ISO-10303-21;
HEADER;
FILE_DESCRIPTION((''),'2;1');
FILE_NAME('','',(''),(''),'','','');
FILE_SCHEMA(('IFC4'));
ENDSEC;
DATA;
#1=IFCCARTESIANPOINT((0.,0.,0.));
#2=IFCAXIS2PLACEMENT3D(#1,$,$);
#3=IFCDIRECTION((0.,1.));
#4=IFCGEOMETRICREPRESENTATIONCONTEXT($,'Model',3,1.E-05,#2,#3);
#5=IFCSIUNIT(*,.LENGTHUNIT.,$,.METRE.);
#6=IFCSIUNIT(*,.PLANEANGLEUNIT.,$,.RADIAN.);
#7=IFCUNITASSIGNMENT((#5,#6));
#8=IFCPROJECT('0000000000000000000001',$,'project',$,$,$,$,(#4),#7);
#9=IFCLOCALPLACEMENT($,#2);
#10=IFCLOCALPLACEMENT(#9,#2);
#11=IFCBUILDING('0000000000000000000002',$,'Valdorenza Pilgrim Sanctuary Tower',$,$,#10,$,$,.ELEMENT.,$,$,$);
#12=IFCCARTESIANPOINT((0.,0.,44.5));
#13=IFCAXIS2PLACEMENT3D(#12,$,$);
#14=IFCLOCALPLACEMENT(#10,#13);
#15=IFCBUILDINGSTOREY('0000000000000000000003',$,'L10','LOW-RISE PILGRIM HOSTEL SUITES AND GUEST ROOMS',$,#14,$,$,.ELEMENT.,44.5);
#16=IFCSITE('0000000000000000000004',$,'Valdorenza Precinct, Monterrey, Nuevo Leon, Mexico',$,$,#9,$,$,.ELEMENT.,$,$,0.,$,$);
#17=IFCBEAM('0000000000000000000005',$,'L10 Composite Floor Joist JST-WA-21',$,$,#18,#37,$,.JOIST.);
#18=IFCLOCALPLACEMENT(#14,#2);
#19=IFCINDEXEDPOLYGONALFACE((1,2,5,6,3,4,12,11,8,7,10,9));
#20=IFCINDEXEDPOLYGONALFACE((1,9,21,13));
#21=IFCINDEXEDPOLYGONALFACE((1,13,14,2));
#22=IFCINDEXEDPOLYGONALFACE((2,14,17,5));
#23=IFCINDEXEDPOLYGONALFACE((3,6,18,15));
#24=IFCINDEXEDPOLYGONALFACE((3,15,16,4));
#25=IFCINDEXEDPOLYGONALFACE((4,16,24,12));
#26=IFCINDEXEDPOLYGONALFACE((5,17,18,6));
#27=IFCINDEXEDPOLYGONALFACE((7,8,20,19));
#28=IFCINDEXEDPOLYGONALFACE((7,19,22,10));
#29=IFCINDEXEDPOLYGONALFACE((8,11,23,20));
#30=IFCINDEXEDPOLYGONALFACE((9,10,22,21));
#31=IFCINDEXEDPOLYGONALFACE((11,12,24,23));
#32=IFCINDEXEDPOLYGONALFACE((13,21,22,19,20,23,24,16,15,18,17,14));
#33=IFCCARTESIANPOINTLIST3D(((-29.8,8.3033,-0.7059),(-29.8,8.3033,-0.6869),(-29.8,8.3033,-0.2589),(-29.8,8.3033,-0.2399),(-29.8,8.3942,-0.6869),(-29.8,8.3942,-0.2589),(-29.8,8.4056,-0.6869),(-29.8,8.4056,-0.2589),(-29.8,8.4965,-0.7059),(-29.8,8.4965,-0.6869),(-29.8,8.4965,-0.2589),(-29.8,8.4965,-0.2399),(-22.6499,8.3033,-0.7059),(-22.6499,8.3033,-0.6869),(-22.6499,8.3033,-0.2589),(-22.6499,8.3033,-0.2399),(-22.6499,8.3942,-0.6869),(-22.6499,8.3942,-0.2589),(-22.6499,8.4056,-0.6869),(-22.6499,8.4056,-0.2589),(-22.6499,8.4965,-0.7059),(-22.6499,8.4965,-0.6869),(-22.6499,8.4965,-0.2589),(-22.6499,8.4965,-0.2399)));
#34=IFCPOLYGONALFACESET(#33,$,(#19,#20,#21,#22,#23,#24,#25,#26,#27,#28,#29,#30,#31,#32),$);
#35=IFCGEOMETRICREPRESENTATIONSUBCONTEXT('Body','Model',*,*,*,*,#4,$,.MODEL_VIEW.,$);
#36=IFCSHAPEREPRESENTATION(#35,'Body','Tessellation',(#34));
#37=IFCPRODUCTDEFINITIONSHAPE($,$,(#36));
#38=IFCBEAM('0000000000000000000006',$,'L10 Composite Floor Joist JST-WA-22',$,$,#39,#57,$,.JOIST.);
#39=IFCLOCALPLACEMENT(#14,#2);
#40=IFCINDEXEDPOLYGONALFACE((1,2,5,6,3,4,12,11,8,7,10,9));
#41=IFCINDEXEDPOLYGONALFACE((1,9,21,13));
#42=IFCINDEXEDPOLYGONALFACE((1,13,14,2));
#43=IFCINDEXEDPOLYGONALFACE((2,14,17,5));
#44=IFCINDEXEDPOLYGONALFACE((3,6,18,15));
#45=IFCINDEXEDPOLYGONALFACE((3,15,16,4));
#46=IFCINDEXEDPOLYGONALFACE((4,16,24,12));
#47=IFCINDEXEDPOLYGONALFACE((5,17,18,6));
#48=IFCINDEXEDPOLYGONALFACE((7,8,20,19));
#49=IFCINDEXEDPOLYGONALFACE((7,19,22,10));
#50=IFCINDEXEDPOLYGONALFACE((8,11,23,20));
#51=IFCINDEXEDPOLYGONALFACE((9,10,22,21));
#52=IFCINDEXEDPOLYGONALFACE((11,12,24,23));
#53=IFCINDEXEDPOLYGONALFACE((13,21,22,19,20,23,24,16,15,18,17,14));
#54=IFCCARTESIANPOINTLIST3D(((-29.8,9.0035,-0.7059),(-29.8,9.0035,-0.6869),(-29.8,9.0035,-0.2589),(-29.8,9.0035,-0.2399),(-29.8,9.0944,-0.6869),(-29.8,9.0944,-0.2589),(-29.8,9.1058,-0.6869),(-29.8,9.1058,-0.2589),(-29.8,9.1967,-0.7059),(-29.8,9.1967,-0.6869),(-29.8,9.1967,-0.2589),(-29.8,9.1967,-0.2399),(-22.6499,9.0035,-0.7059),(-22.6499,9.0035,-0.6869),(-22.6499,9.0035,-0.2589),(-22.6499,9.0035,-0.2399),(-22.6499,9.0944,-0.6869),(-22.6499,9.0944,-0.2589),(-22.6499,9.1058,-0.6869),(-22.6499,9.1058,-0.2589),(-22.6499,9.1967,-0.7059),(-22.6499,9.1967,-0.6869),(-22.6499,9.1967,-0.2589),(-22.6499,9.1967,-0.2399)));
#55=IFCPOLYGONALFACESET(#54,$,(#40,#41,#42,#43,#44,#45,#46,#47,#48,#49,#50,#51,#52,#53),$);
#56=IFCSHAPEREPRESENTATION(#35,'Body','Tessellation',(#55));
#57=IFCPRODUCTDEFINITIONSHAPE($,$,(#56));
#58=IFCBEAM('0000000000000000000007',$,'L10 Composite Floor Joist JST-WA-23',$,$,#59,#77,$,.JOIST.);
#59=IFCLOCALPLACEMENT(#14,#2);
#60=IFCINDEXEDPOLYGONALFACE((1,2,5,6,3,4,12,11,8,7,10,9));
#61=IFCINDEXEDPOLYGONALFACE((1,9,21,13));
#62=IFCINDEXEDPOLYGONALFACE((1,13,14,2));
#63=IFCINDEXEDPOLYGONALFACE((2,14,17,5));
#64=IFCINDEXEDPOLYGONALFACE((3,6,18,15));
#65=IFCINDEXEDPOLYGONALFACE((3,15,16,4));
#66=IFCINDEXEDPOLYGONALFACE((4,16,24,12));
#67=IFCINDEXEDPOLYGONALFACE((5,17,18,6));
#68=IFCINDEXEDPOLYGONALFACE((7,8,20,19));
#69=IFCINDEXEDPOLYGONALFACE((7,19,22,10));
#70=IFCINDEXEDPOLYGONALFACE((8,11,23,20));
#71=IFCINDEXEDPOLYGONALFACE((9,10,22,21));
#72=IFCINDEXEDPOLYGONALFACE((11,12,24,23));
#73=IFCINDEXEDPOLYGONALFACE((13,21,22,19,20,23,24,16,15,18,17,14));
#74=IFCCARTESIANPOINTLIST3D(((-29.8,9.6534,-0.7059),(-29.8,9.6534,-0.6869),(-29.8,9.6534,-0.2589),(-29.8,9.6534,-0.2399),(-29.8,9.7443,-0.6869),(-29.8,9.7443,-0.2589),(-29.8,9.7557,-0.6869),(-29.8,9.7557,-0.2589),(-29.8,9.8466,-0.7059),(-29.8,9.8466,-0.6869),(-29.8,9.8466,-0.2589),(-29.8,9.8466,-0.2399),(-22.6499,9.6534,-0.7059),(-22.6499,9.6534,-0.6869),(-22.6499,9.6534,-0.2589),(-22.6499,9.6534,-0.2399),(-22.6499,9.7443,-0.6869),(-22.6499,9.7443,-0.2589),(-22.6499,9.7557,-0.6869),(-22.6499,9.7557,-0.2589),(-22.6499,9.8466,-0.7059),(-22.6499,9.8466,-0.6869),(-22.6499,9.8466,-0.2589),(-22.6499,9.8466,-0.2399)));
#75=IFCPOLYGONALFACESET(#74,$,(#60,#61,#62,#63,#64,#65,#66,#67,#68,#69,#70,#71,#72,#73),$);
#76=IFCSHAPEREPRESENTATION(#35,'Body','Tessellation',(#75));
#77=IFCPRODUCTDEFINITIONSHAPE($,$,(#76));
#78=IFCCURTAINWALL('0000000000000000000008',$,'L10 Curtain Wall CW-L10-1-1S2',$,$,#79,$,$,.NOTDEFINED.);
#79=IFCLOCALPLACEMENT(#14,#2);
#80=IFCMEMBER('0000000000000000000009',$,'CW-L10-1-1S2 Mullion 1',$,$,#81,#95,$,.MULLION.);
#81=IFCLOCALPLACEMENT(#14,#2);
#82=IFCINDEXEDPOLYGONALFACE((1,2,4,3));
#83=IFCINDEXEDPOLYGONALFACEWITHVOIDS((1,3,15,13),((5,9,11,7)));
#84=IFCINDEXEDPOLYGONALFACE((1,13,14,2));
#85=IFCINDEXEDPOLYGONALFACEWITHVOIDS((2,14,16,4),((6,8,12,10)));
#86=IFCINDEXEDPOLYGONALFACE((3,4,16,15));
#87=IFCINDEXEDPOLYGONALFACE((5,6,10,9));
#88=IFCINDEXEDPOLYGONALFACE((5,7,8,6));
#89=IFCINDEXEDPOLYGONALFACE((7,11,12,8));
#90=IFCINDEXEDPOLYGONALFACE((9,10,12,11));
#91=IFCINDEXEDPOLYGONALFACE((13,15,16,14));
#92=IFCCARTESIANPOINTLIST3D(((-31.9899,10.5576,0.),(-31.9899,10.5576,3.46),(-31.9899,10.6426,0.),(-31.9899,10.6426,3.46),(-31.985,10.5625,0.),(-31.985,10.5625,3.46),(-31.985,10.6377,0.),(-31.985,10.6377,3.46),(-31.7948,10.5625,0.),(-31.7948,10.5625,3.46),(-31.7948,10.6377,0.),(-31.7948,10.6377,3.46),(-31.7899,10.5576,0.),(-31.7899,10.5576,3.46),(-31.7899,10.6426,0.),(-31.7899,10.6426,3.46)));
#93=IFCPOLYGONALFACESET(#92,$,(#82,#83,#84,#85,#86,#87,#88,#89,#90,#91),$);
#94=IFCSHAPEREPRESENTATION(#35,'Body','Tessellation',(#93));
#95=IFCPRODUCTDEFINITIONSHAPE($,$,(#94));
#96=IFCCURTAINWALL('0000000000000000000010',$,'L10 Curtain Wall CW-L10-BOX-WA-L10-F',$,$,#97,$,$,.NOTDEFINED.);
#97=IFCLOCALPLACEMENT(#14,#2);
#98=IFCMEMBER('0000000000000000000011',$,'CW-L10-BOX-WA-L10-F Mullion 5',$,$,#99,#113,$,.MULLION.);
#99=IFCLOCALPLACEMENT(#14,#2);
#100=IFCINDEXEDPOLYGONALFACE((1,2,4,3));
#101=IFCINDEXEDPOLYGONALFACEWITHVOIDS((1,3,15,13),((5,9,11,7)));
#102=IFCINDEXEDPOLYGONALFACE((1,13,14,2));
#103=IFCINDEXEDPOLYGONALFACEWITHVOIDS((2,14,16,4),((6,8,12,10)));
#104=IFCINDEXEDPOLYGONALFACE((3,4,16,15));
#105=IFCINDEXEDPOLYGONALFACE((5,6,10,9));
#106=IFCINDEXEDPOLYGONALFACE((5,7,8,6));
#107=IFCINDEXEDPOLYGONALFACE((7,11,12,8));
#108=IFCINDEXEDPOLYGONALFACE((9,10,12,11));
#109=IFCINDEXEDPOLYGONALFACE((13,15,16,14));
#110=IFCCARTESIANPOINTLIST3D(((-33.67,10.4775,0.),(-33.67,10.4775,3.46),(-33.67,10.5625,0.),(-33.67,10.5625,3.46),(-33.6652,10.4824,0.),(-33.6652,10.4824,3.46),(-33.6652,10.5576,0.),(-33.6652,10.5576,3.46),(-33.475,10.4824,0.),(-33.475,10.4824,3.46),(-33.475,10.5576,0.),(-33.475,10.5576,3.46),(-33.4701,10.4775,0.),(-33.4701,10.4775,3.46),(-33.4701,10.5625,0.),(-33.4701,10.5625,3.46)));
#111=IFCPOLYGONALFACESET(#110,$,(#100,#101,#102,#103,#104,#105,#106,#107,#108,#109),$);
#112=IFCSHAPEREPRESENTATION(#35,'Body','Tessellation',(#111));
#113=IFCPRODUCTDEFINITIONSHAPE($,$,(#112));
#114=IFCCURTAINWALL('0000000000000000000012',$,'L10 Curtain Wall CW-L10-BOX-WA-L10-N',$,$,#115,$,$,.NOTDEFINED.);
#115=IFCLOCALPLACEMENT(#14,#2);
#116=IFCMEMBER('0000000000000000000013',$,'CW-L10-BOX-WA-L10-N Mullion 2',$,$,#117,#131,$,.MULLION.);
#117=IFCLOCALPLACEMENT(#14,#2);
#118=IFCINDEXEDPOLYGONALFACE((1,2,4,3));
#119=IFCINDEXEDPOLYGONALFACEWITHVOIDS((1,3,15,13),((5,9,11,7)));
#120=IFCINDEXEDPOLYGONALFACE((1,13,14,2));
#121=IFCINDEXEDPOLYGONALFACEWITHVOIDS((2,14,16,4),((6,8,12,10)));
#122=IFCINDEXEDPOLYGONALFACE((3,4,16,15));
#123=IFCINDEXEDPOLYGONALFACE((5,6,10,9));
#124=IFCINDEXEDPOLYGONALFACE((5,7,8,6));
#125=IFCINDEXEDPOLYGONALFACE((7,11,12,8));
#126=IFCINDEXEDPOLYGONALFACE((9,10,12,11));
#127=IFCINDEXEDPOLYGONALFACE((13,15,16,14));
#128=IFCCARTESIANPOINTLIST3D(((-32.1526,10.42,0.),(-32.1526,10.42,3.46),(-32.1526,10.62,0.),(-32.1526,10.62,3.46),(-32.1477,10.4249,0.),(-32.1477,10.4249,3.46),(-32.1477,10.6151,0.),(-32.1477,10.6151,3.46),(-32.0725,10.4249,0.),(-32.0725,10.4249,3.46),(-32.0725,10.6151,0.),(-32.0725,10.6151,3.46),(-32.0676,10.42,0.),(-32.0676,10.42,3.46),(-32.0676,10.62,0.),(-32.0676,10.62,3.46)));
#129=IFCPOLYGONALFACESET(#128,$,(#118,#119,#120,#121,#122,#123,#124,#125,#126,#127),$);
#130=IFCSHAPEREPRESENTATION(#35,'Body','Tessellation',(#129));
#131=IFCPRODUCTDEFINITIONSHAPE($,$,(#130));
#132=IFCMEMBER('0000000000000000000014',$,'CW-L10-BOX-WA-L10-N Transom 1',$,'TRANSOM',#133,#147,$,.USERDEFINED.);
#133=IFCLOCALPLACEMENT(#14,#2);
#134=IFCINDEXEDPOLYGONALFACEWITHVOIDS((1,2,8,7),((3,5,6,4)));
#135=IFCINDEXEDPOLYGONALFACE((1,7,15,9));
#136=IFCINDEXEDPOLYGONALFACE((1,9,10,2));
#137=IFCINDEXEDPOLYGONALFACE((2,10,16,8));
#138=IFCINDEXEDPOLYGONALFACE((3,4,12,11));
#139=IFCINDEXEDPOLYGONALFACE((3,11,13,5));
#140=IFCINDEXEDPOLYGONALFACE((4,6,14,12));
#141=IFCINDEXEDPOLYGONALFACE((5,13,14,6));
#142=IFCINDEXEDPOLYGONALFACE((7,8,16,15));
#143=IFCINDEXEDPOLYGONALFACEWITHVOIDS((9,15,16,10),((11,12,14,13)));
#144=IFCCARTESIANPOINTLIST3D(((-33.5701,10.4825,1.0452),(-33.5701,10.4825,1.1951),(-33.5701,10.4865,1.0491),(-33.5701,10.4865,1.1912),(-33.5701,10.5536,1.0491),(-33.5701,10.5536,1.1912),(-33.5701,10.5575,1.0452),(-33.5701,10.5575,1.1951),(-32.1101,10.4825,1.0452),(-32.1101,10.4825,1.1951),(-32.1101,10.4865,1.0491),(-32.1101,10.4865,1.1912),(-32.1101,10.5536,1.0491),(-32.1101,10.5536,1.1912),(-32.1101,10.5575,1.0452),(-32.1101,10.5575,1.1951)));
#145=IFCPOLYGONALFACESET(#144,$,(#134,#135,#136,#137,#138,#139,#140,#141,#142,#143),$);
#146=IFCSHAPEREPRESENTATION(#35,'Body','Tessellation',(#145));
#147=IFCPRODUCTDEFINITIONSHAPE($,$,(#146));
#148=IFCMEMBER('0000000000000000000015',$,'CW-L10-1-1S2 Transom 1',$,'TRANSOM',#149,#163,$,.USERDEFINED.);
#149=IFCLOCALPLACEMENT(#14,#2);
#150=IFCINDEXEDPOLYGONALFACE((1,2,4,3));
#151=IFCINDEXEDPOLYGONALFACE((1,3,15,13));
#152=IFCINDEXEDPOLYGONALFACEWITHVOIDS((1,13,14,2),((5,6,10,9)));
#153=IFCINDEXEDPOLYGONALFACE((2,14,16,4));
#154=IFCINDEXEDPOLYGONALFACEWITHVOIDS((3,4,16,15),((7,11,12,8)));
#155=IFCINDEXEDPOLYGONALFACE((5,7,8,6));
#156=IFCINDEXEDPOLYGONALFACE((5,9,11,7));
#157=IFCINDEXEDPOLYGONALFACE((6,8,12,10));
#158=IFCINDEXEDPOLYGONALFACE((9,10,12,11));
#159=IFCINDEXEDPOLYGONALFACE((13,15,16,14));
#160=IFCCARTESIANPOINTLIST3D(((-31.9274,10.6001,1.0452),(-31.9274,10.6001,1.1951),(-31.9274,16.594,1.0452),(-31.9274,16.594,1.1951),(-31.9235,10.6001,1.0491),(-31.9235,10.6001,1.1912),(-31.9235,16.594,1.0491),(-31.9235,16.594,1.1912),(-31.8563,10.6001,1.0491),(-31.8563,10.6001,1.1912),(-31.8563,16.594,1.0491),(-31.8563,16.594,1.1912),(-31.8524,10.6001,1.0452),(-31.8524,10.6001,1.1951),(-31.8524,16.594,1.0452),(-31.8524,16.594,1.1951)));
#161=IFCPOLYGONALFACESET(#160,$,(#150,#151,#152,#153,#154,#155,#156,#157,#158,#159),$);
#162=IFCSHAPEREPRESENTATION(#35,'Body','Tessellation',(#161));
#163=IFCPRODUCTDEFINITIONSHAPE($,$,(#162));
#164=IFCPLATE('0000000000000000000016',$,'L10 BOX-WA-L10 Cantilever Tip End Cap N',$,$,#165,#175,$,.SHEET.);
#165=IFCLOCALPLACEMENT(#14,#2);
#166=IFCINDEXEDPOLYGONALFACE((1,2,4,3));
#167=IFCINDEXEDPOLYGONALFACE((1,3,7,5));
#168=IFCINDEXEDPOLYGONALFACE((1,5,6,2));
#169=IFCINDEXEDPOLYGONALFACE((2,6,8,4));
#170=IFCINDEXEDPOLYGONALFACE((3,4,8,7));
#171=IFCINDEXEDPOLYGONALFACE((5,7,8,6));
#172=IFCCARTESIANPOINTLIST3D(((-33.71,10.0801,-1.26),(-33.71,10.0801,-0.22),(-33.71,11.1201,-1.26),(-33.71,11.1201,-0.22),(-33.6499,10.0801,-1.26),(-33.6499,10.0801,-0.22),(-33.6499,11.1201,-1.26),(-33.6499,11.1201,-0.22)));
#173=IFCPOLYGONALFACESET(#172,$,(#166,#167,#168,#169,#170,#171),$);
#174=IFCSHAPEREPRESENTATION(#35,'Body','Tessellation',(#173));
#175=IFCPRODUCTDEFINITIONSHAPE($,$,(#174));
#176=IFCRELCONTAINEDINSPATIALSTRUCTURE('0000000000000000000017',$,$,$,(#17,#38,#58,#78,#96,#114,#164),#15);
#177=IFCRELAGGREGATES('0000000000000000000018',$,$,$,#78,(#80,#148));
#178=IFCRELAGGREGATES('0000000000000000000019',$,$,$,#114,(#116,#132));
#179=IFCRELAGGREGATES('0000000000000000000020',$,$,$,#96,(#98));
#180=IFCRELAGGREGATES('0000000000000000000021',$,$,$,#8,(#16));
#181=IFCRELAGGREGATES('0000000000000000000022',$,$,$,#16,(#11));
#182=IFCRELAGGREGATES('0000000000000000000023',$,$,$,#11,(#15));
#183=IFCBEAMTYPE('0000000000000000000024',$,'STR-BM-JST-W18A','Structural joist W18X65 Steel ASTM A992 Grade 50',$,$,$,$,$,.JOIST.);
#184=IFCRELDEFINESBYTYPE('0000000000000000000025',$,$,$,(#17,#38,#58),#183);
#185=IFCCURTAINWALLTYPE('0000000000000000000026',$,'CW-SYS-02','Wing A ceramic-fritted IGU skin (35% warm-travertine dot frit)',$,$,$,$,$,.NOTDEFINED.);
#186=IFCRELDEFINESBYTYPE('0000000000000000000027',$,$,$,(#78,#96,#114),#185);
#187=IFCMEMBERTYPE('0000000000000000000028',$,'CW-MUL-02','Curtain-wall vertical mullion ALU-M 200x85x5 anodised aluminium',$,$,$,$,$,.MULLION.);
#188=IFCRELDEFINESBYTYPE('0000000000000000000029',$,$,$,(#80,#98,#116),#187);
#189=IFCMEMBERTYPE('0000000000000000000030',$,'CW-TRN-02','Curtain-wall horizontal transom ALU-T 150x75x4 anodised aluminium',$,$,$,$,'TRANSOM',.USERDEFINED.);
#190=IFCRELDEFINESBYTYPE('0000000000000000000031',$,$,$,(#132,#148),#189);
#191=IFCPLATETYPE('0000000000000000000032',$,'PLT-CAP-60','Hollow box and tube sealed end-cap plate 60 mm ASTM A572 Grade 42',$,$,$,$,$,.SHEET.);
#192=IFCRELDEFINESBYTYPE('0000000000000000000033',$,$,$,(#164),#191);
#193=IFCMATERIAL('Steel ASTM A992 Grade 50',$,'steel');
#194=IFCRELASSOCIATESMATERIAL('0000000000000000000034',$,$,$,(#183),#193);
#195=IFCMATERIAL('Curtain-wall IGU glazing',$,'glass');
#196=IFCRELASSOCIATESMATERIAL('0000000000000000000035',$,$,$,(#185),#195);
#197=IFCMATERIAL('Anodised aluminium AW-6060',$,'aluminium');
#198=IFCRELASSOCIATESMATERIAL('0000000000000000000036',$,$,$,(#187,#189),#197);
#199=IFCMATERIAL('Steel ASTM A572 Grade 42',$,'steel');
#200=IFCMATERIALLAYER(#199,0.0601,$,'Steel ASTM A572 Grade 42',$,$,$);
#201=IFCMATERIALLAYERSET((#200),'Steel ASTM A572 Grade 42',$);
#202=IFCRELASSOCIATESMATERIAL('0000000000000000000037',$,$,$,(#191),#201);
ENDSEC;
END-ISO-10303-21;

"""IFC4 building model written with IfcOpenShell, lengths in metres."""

from ifc_helpers import new_model, si_unit, direction, frame, origin, origin_2d, place, context, subcontext, project, spatial, rectangle, hollow_rectangle, i_section, extrude, source, transform, mapped, material, layer, layer_set, material_profile, profile_set, type_object, element, aggregate, save


model = new_model("IFC4")

# Units and contexts
model_context = context("Model", 3, precision=1e-05, world=origin(), true_north=direction((0.0, 1.0)))
body_context = subcontext(model_context, "Body", "Model", "MODEL_VIEW")
ifc_project = project(units=[si_unit("LENGTHUNIT", "METRE"), si_unit("PLANEANGLEUNIT", "RADIAN")], contexts=[model_context])

# Site, building, storey
site_placement = place(None, origin())
site = spatial("IfcSite", under=ifc_project, at=site_placement, Name="Valdorenza Precinct, Monterrey, Nuevo Leon, Mexico", CompositionType="ELEMENT", RefElevation=0.0)
building_placement = place(site_placement, origin())
building = spatial("IfcBuilding", under=site, at=building_placement, Name="Valdorenza Pilgrim Sanctuary Tower", CompositionType="ELEMENT")
storey_placement = place(building_placement, frame((0.0, 0.0, 44.5)))
storey = spatial("IfcBuildingStorey", under=building, at=storey_placement, Name="L10", Description="LOW-RISE PILGRIM HOSTEL SUITES AND GUEST ROOMS", CompositionType="ELEMENT", Elevation=44.5)

# Beams
ifc_material_1 = material(Name="Steel ASTM A992 Grade 50", Category="steel")
ifc_material_profile_1 = material_profile(ifc_material_1, i_section(OverallWidth=0.1931, OverallDepth=0.4661, WebThickness=0.0115, FlangeThickness=0.019, at=origin_2d()), Name="W18X65")
ifc_profile_set_1 = profile_set([ifc_material_profile_1], Name="Steel ASTM A992 Grade 50")
beam_type = type_object("IfcBeamType", Name="STR-BM-JST-W18A", Description="Structural joist W18X65 Steel ASTM A992 Grade 50", PredefinedType="JOIST", material=ifc_profile_set_1)
shared_shape_1 = source(origin(), body_context, "Body", "SweptSolid", [
    extrude(i_section(OverallWidth=0.1931, OverallDepth=0.4661, WebThickness=0.0115, FlangeThickness=0.019, at=origin_2d()), origin(), (0.0, 0.0, 1.0), 7.1501),
])
for number, where, z_axis, x_axis, name in (
    (1, (-29.8, 8.3999, -0.4729), (1.0, 0.0, 0.0), (0.0, 1.0, 0.0), "L10 Composite Floor Joist JST-WA-21"),
    (2, (-29.8, 9.1001, -0.4729), (1.0, 0.0, 0.0), (0.0, 1.0, 0.0), "L10 Composite Floor Joist JST-WA-22"),
    (3, (-29.8, 9.75, -0.4729), (1.0, 0.0, 0.0), (0.0, 1.0, 0.0), "L10 Composite Floor Joist JST-WA-23"),
):
    element("IfcBeam", number, at=place(storey_placement, frame(where, z_axis=z_axis, x_axis=x_axis)), inside=storey, type_object=beam_type, Name=name, PredefinedType="JOIST", context=body_context, shape_type="MappedRepresentation", body=[
        mapped(shared_shape_1, transform((0.0, 0.0, 0.0), x_axis=(1.0, 0.0, 0.0), y_axis=(0.0, 1.0, 0.0), z_axis=(0.0, 0.0, 1.0), scale=1.0)),
    ])

# Curtain walls, members
ifc_material_2 = material(Name="Curtain-wall IGU glazing", Category="glass")
curtain_wall_type = type_object("IfcCurtainWallType", Name="CW-SYS-02", Description="Wing A ceramic-fritted IGU skin (35% warm-travertine dot frit)", PredefinedType="NOTDEFINED", material=ifc_material_2)
curtain_wall_1_placement = place(storey_placement, origin())
curtain_wall_1 = element("IfcCurtainWall", 4, at=curtain_wall_1_placement, inside=storey, type_object=curtain_wall_type, Name="L10 Curtain Wall CW-L10-1-1S2", PredefinedType="NOTDEFINED")
ifc_material_3 = material(Name="Anodised aluminium AW-6060", Category="aluminium")
ifc_material_profile_2 = material_profile(ifc_material_3, hollow_rectangle(XDim=0.085, YDim=0.2, WallThickness=0.0049, at=origin_2d()), Name="ALU-M 200x85x5")
ifc_profile_set_2 = profile_set([ifc_material_profile_2], Name="Anodised aluminium AW-6060")
member_type_1 = type_object("IfcMemberType", Name="CW-MUL-02", Description="Curtain-wall vertical mullion ALU-M 200x85x5 anodised aluminium", PredefinedType="MULLION", material=ifc_profile_set_2)
shared_shape_2 = source(origin(), body_context, "Body", "SweptSolid", [
    extrude(hollow_rectangle(XDim=0.085, YDim=0.2, WallThickness=0.0049, at=origin_2d()), origin(), (0.0, 0.0, 1.0), 3.46),
])
member_1_placement = place(storey_placement, frame((-31.8899, 10.6001, 0.0), z_axis=(0.0, 0.0, 1.0), x_axis=(0.0, 1.0, 0.0)))
member_1 = element("IfcMember", 5, at=member_1_placement, type_object=member_type_1, Name="CW-L10-1-1S2 Mullion 1", PredefinedType="MULLION", context=body_context, shape_type="MappedRepresentation", body=[
    mapped(shared_shape_2, transform((0.0, 0.0, 0.0), x_axis=(1.0, 0.0, 0.0), y_axis=(0.0, 1.0, 0.0), z_axis=(0.0, 0.0, 1.0), scale=1.0)),
])
curtain_wall_2_placement = place(storey_placement, origin())
curtain_wall_2 = element("IfcCurtainWall", 6, at=curtain_wall_2_placement, inside=storey, type_object=curtain_wall_type, Name="L10 Curtain Wall CW-L10-BOX-WA-L10-F", PredefinedType="NOTDEFINED")
member_2_placement = place(storey_placement, frame((-33.5701, 10.52, 0.0), z_axis=(0.0, 0.0, 1.0), x_axis=(0.0, 1.0, 0.0)))
member_2 = element("IfcMember", 7, at=member_2_placement, type_object=member_type_1, Name="CW-L10-BOX-WA-L10-F Mullion 5", PredefinedType="MULLION", context=body_context, shape_type="MappedRepresentation", body=[
    mapped(shared_shape_2, transform((0.0, 0.0, 0.0), x_axis=(1.0, 0.0, 0.0), y_axis=(0.0, 1.0, 0.0), z_axis=(0.0, 0.0, 1.0), scale=1.0)),
])

# Curtain wall, members
curtain_wall_3_placement = place(storey_placement, origin())
curtain_wall_3 = element("IfcCurtainWall", 8, at=curtain_wall_3_placement, inside=storey, type_object=curtain_wall_type, Name="L10 Curtain Wall CW-L10-BOX-WA-L10-N", PredefinedType="NOTDEFINED")
member_3_placement = place(storey_placement, frame((-32.1101, 10.52, 0.0), z_axis=(0.0, 0.0, 1.0), x_axis=(1.0, 0.0, 0.0)))
member_3 = element("IfcMember", 9, at=member_3_placement, type_object=member_type_1, Name="CW-L10-BOX-WA-L10-N Mullion 2", PredefinedType="MULLION", context=body_context, shape_type="MappedRepresentation", body=[
    mapped(shared_shape_2, transform((0.0, 0.0, 0.0), x_axis=(1.0, 0.0, 0.0), y_axis=(0.0, 1.0, 0.0), z_axis=(0.0, 0.0, 1.0), scale=1.0)),
])
ifc_material_profile_3 = material_profile(ifc_material_3, hollow_rectangle(XDim=0.075, YDim=0.1499, WallThickness=0.0039, at=origin_2d()), Name="ALU-T 150x75x4")
ifc_profile_set_3 = profile_set([ifc_material_profile_3], Name="Anodised aluminium AW-6060")
member_type_2 = type_object("IfcMemberType", Name="CW-TRN-02", Description="Curtain-wall horizontal transom ALU-T 150x75x4 anodised aluminium", ElementType="TRANSOM", PredefinedType="USERDEFINED", material=ifc_profile_set_3)
shared_shape_3 = source(origin(), body_context, "Body", "SweptSolid", [
    extrude(hollow_rectangle(XDim=0.075, YDim=0.1499, WallThickness=0.0039, at=origin_2d()), origin(), (0.0, 0.0, 1.0), 1.46),
])
member_4_placement = place(storey_placement, frame((-33.5701, 10.52, 1.1201), z_axis=(1.0, 0.0, 0.0), x_axis=(0.0, 1.0, 0.0)))
member_4 = element("IfcMember", 10, at=member_4_placement, type_object=member_type_2, Name="CW-L10-BOX-WA-L10-N Transom 1", ObjectType="TRANSOM", PredefinedType="USERDEFINED", context=body_context, shape_type="MappedRepresentation", body=[
    mapped(shared_shape_3, transform((0.0, 0.0, 0.0), x_axis=(1.0, 0.0, 0.0), y_axis=(0.0, 1.0, 0.0), z_axis=(0.0, 0.0, 1.0), scale=1.0)),
])

# Member
shared_shape_4 = source(origin(), body_context, "Body", "SweptSolid", [
    extrude(hollow_rectangle(XDim=0.075, YDim=0.1499, WallThickness=0.0039, at=origin_2d()), origin(), (0.0, 0.0, 1.0), 5.9939),
])
member_5_placement = place(storey_placement, frame((-31.8899, 10.6001, 1.1201), z_axis=(0.0, 1.0, 0.0), x_axis=(-1.0, 0.0, 0.0)))
member_5 = element("IfcMember", 11, at=member_5_placement, type_object=member_type_2, Name="CW-L10-1-1S2 Transom 1", ObjectType="TRANSOM", PredefinedType="USERDEFINED", context=body_context, shape_type="MappedRepresentation", body=[
    mapped(shared_shape_4, transform((0.0, 0.0, 0.0), x_axis=(1.0, 0.0, 0.0), y_axis=(0.0, 1.0, 0.0), z_axis=(0.0, 0.0, 1.0), scale=1.0)),
])
aggregate(curtain_wall_1, [member_1, member_5])

# Plate
ifc_material_4 = material(Name="Steel ASTM A572 Grade 42", Category="steel")
ifc_layer_1 = layer(ifc_material_4, 0.0601, Name="Steel ASTM A572 Grade 42")
ifc_layer_set_1 = layer_set([ifc_layer_1], Name="Steel ASTM A572 Grade 42")
plate_type_1 = type_object("IfcPlateType", Name="PLT-CAP-60", Description="Hollow box and tube sealed end-cap plate 60 mm ASTM A572 Grade 42", PredefinedType="SHEET", material=ifc_layer_set_1)
shared_shape_5 = source(origin(), body_context, "Body", "SweptSolid", [
    extrude(rectangle(XDim=0.0601, YDim=1.04, at=origin_2d()), origin(), (0.0, 0.0, 1.0), 1.04),
])
plate_1_placement = place(storey_placement, frame((-33.6799, 10.6001, -1.26), z_axis=(0.0, 0.0, 1.0), x_axis=(1.0, 0.0, 0.0)))
element("IfcPlate", 12, at=plate_1_placement, inside=storey, type_object=plate_type_1, Name="L10 BOX-WA-L10 Cantilever Tip End Cap N", PredefinedType="SHEET", context=body_context, shape_type="MappedRepresentation", body=[
    mapped(shared_shape_5, transform((0.0, 0.0, 0.0), x_axis=(1.0, 0.0, 0.0), y_axis=(0.0, 1.0, 0.0), z_axis=(0.0, 0.0, 1.0), scale=1.0)),
])
aggregate(curtain_wall_3, [member_3, member_4])
aggregate(curtain_wall_2, [member_2])

save(model, "model.ifc")
